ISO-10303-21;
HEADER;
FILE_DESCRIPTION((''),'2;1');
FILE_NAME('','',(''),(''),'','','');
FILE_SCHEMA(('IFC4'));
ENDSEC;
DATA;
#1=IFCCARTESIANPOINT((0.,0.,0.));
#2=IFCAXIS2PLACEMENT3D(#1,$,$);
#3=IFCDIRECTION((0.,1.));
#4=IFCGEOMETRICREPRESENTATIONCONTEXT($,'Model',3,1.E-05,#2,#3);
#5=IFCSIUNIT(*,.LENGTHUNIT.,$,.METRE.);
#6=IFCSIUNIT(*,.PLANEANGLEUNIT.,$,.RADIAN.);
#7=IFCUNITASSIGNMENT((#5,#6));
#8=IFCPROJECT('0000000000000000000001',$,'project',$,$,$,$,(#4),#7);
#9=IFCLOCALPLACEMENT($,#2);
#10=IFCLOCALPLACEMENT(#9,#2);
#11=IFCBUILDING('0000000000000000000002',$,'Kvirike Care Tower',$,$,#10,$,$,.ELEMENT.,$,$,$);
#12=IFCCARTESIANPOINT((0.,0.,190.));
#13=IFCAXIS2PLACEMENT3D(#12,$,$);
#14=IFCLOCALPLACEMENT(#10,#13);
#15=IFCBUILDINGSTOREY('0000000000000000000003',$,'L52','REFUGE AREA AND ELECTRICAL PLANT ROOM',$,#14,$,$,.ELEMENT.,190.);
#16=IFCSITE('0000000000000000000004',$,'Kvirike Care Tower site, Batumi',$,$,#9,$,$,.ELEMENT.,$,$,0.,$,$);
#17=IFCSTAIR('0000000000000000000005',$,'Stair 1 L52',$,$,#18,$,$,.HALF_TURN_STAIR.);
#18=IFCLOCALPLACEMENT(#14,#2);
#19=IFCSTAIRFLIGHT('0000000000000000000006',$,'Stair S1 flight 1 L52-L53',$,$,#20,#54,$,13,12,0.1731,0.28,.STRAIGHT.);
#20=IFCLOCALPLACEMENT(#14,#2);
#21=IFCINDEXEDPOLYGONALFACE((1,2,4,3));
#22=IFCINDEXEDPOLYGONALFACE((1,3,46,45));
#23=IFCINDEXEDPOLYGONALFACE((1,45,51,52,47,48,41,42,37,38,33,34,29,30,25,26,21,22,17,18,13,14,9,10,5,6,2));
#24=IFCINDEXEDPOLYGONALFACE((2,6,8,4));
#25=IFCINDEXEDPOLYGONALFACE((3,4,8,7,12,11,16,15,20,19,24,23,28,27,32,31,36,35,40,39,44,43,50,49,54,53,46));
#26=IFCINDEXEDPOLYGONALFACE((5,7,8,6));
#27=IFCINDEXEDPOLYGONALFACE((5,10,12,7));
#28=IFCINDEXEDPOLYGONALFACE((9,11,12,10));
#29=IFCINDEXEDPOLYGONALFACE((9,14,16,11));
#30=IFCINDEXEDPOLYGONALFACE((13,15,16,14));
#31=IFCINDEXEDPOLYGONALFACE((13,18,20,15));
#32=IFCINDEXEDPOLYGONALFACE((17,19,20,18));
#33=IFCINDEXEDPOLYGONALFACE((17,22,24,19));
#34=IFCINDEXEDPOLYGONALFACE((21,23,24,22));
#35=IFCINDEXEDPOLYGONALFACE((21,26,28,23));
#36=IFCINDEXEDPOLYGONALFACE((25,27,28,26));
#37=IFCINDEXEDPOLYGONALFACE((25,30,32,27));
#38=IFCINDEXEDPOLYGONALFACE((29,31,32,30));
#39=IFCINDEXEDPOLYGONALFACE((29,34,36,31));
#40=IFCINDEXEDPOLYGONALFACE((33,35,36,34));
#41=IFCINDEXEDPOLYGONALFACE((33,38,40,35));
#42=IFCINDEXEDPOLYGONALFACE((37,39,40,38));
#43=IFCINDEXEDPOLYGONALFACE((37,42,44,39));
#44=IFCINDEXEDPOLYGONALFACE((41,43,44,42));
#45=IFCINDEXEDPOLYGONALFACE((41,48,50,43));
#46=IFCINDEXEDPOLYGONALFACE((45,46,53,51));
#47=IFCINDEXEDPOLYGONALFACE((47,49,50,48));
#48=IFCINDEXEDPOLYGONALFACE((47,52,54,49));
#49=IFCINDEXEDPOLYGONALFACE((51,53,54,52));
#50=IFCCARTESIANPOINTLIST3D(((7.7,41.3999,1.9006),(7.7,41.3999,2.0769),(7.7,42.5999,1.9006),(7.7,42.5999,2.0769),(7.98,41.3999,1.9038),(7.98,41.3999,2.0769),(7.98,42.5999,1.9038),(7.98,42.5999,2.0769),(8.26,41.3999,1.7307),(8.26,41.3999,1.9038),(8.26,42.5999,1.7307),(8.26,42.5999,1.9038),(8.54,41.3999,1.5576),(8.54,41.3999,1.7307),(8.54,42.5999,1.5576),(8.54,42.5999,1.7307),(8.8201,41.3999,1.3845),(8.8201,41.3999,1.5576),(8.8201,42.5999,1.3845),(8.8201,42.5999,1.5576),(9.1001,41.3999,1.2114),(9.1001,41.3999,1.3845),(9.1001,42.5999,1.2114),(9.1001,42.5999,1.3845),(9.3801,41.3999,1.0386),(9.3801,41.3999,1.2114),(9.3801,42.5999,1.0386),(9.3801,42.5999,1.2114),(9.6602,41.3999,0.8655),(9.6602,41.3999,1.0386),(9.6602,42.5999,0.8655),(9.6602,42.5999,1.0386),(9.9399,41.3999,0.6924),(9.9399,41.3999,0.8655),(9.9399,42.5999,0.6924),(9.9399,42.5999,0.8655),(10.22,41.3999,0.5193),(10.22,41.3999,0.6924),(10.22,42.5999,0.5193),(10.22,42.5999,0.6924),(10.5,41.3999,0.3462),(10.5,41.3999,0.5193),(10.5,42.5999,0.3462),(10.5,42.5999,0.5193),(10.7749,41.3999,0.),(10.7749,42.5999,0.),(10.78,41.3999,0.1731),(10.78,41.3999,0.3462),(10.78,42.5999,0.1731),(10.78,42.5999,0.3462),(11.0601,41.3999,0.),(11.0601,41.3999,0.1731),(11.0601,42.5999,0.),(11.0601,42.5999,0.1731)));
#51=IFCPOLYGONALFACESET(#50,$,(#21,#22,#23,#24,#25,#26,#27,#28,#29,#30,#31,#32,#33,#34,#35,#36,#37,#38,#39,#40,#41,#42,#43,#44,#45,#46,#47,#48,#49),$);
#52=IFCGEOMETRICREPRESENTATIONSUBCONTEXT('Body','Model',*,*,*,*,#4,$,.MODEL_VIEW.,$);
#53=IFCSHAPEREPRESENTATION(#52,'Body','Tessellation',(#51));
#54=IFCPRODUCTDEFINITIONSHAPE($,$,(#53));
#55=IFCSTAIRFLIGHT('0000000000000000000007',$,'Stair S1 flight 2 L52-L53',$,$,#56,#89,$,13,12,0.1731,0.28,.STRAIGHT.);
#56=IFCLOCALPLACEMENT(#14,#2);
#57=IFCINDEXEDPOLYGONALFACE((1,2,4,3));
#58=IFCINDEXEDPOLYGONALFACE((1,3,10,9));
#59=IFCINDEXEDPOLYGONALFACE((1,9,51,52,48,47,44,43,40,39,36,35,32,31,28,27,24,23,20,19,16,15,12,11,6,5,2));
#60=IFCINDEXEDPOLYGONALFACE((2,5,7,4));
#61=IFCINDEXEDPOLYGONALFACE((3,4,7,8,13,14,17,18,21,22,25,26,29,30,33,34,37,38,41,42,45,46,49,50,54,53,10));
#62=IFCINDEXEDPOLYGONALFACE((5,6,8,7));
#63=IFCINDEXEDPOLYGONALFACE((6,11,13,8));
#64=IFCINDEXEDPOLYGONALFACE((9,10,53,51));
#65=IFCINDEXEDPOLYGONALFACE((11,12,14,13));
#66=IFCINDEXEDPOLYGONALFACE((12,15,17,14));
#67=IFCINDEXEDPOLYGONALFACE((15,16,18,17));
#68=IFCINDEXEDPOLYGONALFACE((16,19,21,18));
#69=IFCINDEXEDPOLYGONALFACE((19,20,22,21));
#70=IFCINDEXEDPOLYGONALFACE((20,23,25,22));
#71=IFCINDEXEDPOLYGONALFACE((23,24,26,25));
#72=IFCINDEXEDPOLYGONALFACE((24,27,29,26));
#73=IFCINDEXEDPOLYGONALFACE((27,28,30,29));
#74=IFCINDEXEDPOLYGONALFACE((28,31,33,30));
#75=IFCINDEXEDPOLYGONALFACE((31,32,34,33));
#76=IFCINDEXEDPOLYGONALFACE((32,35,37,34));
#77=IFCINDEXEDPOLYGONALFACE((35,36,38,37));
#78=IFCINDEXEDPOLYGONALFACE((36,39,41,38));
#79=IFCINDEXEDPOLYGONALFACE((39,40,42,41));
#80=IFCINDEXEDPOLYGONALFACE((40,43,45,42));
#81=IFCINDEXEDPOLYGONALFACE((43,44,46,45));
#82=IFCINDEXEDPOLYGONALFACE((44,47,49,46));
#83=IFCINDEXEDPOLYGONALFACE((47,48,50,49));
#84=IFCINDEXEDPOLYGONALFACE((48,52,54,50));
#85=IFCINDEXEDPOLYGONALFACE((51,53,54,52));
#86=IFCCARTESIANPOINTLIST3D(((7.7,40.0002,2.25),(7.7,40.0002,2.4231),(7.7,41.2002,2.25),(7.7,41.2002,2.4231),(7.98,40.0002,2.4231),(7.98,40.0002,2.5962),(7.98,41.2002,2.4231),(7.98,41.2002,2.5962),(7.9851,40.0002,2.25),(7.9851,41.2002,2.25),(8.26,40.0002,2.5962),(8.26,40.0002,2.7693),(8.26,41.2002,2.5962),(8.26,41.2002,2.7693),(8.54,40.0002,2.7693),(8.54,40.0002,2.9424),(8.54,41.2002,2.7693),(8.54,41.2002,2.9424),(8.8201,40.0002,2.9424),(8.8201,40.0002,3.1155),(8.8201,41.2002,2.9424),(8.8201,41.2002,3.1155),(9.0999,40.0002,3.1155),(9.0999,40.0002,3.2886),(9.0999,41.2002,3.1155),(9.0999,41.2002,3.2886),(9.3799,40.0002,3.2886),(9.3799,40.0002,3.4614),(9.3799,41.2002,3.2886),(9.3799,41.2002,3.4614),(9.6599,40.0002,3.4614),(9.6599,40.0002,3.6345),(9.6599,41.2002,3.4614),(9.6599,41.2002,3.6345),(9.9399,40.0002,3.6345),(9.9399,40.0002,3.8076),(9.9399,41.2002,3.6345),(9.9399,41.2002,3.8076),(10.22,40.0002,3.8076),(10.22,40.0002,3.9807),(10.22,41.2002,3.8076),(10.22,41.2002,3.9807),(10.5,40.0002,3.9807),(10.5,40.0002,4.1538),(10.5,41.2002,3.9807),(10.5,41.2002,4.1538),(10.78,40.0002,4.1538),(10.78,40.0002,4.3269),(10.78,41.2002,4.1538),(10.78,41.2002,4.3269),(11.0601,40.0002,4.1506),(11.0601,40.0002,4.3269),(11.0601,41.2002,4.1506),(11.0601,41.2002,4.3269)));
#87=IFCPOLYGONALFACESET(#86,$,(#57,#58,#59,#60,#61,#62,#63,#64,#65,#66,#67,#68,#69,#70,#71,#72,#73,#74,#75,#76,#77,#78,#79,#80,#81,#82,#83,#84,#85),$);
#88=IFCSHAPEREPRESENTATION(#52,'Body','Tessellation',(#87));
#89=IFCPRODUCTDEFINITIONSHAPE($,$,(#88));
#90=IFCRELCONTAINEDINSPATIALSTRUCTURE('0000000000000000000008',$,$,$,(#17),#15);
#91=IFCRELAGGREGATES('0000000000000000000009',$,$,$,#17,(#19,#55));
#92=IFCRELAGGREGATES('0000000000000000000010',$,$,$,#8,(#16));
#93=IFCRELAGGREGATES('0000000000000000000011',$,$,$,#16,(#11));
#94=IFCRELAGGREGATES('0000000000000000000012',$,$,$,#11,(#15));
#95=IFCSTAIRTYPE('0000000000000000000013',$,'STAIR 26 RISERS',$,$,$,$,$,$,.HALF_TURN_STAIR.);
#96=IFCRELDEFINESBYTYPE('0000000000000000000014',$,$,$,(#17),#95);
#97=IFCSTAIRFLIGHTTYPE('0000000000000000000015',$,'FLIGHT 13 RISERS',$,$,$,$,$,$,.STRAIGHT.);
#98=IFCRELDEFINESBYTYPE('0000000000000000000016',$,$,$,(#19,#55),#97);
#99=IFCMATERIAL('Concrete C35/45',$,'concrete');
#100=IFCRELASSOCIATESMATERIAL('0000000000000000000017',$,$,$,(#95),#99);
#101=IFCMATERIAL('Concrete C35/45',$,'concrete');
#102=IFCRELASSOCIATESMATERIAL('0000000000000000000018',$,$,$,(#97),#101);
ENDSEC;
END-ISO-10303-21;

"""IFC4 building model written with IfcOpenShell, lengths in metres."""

from ifc_helpers import new_model, si_unit, direction, frame, origin, place, context, subcontext, project, spatial, polyline, outline, extrude, material, type_object, element, aggregate, save


model = new_model("IFC4")

# Units and contexts
model_context = context("Model", 3, precision=1e-05, world=origin(), true_north=direction((0.0, 1.0)))
body_context = subcontext(model_context, "Body", "Model", "MODEL_VIEW")
ifc_project = project(units=[si_unit("LENGTHUNIT", "METRE"), si_unit("PLANEANGLEUNIT", "RADIAN")], contexts=[model_context])

# Site, building, storey
site_placement = place(None, origin())
site = spatial("IfcSite", under=ifc_project, at=site_placement, Name="Kvirike Care Tower site, Batumi", CompositionType="ELEMENT", RefElevation=0.0)
building_placement = place(site_placement, origin())
building = spatial("IfcBuilding", under=site, at=building_placement, Name="Kvirike Care Tower", CompositionType="ELEMENT")
storey_placement = place(building_placement, frame((0.0, 0.0, 190.0)))
storey = spatial("IfcBuildingStorey", under=building, at=storey_placement, Name="L52", Description="REFUGE AREA AND ELECTRICAL PLANT ROOM", CompositionType="ELEMENT", Elevation=190.0)

# Stair, stair flights
ifc_material_1 = material(Name="Concrete C35/45", Category="concrete")
stair_type = type_object("IfcStairType", Name="STAIR 26 RISERS", PredefinedType="HALF_TURN_STAIR", material=ifc_material_1)
stair_placement = place(storey_placement, origin())
stair = element("IfcStair", 1, at=stair_placement, inside=storey, type_object=stair_type, Name="Stair 1 L52", PredefinedType="HALF_TURN_STAIR")
ifc_material_2 = material(Name="Concrete C35/45", Category="concrete")
stair_flight_type = type_object("IfcStairFlightType", Name="FLIGHT 13 RISERS", PredefinedType="STRAIGHT", material=ifc_material_2)
stair_flight_1_placement = place(storey_placement, frame((11.0601, 42.0, 0.0), z_axis=(0.0, 0.0, 1.0), x_axis=(-1.0, 0.0, 0.0)))
stair_flight_1 = element("IfcStairFlight", 2, at=stair_flight_1_placement, type_object=stair_flight_type, Name="Stair S1 flight 1 L52-L53", NumberOfRisers=13, NumberOfTreads=12, PredefinedType="STRAIGHT", RiserHeight=0.1731, TreadLength=0.28, context=body_context, shape_type="SweptSolid", body=[
    extrude(outline(polyline([(0.0, 0.0), (0.0, 0.1731), (0.28, 0.1731), (0.28, 0.3462), (0.5601, 0.3462), (0.5601, 0.5193), (0.8401, 0.5193), (0.8401, 0.6924), (1.1201, 0.6924), (1.1201, 0.8655), (1.3999, 0.8655), (1.3999, 1.0386), (1.6799, 1.0386), (1.6799, 1.2114), (1.96, 1.2114), (1.96, 1.3845), (2.24, 1.3845), (2.24, 1.5576), (2.52, 1.5576), (2.52, 1.7307), (2.8, 1.7307), (2.8, 1.9038), (3.0801, 1.9038), (3.0801, 2.0769), (3.3601, 2.0769), (3.3601, 2.25), (3.3601, 1.9006), (0.2852, 0.0), (0.0, 0.0)])), frame((0.0, 0.6001, 0.0), z_axis=(0.0, -1.0, 0.0), x_axis=(1.0, 0.0, 0.0)), (0.0, 0.0, 1.0), 1.2),
])
stair_flight_2_placement = place(storey_placement, frame((7.7, 40.6001, 2.25), z_axis=(0.0, 0.0, 1.0), x_axis=(1.0, 0.0, 0.0)))
stair_flight_2 = element("IfcStairFlight", 3, at=stair_flight_2_placement, type_object=stair_flight_type, Name="Stair S1 flight 2 L52-L53", NumberOfRisers=13, NumberOfTreads=12, PredefinedType="STRAIGHT", RiserHeight=0.1731, TreadLength=0.28, context=body_context, shape_type="SweptSolid", body=[
    extrude(outline(polyline([(0.0, 0.0), (0.0, 0.1731), (0.28, 0.1731), (0.28, 0.3462), (0.5601, 0.3462), (0.5601, 0.5193), (0.8401, 0.5193), (0.8401, 0.6924), (1.1201, 0.6924), (1.1201, 0.8655), (1.3999, 0.8655), (1.3999, 1.0386), (1.6799, 1.0386), (1.6799, 1.2114), (1.96, 1.2114), (1.96, 1.3845), (2.24, 1.3845), (2.24, 1.5576), (2.52, 1.5576), (2.52, 1.7307), (2.8, 1.7307), (2.8, 1.9038), (3.0801, 1.9038), (3.0801, 2.0769), (3.3601, 2.0769), (3.3601, 2.25), (3.3601, 1.9006), (0.2852, 0.0), (0.0, 0.0)])), frame((0.0, 0.6001, 0.0), z_axis=(0.0, -1.0, 0.0), x_axis=(1.0, 0.0, 0.0)), (0.0, 0.0, 1.0), 1.2),
])
aggregate(stair, [stair_flight_1, stair_flight_2])

save(model, "model.ifc")
